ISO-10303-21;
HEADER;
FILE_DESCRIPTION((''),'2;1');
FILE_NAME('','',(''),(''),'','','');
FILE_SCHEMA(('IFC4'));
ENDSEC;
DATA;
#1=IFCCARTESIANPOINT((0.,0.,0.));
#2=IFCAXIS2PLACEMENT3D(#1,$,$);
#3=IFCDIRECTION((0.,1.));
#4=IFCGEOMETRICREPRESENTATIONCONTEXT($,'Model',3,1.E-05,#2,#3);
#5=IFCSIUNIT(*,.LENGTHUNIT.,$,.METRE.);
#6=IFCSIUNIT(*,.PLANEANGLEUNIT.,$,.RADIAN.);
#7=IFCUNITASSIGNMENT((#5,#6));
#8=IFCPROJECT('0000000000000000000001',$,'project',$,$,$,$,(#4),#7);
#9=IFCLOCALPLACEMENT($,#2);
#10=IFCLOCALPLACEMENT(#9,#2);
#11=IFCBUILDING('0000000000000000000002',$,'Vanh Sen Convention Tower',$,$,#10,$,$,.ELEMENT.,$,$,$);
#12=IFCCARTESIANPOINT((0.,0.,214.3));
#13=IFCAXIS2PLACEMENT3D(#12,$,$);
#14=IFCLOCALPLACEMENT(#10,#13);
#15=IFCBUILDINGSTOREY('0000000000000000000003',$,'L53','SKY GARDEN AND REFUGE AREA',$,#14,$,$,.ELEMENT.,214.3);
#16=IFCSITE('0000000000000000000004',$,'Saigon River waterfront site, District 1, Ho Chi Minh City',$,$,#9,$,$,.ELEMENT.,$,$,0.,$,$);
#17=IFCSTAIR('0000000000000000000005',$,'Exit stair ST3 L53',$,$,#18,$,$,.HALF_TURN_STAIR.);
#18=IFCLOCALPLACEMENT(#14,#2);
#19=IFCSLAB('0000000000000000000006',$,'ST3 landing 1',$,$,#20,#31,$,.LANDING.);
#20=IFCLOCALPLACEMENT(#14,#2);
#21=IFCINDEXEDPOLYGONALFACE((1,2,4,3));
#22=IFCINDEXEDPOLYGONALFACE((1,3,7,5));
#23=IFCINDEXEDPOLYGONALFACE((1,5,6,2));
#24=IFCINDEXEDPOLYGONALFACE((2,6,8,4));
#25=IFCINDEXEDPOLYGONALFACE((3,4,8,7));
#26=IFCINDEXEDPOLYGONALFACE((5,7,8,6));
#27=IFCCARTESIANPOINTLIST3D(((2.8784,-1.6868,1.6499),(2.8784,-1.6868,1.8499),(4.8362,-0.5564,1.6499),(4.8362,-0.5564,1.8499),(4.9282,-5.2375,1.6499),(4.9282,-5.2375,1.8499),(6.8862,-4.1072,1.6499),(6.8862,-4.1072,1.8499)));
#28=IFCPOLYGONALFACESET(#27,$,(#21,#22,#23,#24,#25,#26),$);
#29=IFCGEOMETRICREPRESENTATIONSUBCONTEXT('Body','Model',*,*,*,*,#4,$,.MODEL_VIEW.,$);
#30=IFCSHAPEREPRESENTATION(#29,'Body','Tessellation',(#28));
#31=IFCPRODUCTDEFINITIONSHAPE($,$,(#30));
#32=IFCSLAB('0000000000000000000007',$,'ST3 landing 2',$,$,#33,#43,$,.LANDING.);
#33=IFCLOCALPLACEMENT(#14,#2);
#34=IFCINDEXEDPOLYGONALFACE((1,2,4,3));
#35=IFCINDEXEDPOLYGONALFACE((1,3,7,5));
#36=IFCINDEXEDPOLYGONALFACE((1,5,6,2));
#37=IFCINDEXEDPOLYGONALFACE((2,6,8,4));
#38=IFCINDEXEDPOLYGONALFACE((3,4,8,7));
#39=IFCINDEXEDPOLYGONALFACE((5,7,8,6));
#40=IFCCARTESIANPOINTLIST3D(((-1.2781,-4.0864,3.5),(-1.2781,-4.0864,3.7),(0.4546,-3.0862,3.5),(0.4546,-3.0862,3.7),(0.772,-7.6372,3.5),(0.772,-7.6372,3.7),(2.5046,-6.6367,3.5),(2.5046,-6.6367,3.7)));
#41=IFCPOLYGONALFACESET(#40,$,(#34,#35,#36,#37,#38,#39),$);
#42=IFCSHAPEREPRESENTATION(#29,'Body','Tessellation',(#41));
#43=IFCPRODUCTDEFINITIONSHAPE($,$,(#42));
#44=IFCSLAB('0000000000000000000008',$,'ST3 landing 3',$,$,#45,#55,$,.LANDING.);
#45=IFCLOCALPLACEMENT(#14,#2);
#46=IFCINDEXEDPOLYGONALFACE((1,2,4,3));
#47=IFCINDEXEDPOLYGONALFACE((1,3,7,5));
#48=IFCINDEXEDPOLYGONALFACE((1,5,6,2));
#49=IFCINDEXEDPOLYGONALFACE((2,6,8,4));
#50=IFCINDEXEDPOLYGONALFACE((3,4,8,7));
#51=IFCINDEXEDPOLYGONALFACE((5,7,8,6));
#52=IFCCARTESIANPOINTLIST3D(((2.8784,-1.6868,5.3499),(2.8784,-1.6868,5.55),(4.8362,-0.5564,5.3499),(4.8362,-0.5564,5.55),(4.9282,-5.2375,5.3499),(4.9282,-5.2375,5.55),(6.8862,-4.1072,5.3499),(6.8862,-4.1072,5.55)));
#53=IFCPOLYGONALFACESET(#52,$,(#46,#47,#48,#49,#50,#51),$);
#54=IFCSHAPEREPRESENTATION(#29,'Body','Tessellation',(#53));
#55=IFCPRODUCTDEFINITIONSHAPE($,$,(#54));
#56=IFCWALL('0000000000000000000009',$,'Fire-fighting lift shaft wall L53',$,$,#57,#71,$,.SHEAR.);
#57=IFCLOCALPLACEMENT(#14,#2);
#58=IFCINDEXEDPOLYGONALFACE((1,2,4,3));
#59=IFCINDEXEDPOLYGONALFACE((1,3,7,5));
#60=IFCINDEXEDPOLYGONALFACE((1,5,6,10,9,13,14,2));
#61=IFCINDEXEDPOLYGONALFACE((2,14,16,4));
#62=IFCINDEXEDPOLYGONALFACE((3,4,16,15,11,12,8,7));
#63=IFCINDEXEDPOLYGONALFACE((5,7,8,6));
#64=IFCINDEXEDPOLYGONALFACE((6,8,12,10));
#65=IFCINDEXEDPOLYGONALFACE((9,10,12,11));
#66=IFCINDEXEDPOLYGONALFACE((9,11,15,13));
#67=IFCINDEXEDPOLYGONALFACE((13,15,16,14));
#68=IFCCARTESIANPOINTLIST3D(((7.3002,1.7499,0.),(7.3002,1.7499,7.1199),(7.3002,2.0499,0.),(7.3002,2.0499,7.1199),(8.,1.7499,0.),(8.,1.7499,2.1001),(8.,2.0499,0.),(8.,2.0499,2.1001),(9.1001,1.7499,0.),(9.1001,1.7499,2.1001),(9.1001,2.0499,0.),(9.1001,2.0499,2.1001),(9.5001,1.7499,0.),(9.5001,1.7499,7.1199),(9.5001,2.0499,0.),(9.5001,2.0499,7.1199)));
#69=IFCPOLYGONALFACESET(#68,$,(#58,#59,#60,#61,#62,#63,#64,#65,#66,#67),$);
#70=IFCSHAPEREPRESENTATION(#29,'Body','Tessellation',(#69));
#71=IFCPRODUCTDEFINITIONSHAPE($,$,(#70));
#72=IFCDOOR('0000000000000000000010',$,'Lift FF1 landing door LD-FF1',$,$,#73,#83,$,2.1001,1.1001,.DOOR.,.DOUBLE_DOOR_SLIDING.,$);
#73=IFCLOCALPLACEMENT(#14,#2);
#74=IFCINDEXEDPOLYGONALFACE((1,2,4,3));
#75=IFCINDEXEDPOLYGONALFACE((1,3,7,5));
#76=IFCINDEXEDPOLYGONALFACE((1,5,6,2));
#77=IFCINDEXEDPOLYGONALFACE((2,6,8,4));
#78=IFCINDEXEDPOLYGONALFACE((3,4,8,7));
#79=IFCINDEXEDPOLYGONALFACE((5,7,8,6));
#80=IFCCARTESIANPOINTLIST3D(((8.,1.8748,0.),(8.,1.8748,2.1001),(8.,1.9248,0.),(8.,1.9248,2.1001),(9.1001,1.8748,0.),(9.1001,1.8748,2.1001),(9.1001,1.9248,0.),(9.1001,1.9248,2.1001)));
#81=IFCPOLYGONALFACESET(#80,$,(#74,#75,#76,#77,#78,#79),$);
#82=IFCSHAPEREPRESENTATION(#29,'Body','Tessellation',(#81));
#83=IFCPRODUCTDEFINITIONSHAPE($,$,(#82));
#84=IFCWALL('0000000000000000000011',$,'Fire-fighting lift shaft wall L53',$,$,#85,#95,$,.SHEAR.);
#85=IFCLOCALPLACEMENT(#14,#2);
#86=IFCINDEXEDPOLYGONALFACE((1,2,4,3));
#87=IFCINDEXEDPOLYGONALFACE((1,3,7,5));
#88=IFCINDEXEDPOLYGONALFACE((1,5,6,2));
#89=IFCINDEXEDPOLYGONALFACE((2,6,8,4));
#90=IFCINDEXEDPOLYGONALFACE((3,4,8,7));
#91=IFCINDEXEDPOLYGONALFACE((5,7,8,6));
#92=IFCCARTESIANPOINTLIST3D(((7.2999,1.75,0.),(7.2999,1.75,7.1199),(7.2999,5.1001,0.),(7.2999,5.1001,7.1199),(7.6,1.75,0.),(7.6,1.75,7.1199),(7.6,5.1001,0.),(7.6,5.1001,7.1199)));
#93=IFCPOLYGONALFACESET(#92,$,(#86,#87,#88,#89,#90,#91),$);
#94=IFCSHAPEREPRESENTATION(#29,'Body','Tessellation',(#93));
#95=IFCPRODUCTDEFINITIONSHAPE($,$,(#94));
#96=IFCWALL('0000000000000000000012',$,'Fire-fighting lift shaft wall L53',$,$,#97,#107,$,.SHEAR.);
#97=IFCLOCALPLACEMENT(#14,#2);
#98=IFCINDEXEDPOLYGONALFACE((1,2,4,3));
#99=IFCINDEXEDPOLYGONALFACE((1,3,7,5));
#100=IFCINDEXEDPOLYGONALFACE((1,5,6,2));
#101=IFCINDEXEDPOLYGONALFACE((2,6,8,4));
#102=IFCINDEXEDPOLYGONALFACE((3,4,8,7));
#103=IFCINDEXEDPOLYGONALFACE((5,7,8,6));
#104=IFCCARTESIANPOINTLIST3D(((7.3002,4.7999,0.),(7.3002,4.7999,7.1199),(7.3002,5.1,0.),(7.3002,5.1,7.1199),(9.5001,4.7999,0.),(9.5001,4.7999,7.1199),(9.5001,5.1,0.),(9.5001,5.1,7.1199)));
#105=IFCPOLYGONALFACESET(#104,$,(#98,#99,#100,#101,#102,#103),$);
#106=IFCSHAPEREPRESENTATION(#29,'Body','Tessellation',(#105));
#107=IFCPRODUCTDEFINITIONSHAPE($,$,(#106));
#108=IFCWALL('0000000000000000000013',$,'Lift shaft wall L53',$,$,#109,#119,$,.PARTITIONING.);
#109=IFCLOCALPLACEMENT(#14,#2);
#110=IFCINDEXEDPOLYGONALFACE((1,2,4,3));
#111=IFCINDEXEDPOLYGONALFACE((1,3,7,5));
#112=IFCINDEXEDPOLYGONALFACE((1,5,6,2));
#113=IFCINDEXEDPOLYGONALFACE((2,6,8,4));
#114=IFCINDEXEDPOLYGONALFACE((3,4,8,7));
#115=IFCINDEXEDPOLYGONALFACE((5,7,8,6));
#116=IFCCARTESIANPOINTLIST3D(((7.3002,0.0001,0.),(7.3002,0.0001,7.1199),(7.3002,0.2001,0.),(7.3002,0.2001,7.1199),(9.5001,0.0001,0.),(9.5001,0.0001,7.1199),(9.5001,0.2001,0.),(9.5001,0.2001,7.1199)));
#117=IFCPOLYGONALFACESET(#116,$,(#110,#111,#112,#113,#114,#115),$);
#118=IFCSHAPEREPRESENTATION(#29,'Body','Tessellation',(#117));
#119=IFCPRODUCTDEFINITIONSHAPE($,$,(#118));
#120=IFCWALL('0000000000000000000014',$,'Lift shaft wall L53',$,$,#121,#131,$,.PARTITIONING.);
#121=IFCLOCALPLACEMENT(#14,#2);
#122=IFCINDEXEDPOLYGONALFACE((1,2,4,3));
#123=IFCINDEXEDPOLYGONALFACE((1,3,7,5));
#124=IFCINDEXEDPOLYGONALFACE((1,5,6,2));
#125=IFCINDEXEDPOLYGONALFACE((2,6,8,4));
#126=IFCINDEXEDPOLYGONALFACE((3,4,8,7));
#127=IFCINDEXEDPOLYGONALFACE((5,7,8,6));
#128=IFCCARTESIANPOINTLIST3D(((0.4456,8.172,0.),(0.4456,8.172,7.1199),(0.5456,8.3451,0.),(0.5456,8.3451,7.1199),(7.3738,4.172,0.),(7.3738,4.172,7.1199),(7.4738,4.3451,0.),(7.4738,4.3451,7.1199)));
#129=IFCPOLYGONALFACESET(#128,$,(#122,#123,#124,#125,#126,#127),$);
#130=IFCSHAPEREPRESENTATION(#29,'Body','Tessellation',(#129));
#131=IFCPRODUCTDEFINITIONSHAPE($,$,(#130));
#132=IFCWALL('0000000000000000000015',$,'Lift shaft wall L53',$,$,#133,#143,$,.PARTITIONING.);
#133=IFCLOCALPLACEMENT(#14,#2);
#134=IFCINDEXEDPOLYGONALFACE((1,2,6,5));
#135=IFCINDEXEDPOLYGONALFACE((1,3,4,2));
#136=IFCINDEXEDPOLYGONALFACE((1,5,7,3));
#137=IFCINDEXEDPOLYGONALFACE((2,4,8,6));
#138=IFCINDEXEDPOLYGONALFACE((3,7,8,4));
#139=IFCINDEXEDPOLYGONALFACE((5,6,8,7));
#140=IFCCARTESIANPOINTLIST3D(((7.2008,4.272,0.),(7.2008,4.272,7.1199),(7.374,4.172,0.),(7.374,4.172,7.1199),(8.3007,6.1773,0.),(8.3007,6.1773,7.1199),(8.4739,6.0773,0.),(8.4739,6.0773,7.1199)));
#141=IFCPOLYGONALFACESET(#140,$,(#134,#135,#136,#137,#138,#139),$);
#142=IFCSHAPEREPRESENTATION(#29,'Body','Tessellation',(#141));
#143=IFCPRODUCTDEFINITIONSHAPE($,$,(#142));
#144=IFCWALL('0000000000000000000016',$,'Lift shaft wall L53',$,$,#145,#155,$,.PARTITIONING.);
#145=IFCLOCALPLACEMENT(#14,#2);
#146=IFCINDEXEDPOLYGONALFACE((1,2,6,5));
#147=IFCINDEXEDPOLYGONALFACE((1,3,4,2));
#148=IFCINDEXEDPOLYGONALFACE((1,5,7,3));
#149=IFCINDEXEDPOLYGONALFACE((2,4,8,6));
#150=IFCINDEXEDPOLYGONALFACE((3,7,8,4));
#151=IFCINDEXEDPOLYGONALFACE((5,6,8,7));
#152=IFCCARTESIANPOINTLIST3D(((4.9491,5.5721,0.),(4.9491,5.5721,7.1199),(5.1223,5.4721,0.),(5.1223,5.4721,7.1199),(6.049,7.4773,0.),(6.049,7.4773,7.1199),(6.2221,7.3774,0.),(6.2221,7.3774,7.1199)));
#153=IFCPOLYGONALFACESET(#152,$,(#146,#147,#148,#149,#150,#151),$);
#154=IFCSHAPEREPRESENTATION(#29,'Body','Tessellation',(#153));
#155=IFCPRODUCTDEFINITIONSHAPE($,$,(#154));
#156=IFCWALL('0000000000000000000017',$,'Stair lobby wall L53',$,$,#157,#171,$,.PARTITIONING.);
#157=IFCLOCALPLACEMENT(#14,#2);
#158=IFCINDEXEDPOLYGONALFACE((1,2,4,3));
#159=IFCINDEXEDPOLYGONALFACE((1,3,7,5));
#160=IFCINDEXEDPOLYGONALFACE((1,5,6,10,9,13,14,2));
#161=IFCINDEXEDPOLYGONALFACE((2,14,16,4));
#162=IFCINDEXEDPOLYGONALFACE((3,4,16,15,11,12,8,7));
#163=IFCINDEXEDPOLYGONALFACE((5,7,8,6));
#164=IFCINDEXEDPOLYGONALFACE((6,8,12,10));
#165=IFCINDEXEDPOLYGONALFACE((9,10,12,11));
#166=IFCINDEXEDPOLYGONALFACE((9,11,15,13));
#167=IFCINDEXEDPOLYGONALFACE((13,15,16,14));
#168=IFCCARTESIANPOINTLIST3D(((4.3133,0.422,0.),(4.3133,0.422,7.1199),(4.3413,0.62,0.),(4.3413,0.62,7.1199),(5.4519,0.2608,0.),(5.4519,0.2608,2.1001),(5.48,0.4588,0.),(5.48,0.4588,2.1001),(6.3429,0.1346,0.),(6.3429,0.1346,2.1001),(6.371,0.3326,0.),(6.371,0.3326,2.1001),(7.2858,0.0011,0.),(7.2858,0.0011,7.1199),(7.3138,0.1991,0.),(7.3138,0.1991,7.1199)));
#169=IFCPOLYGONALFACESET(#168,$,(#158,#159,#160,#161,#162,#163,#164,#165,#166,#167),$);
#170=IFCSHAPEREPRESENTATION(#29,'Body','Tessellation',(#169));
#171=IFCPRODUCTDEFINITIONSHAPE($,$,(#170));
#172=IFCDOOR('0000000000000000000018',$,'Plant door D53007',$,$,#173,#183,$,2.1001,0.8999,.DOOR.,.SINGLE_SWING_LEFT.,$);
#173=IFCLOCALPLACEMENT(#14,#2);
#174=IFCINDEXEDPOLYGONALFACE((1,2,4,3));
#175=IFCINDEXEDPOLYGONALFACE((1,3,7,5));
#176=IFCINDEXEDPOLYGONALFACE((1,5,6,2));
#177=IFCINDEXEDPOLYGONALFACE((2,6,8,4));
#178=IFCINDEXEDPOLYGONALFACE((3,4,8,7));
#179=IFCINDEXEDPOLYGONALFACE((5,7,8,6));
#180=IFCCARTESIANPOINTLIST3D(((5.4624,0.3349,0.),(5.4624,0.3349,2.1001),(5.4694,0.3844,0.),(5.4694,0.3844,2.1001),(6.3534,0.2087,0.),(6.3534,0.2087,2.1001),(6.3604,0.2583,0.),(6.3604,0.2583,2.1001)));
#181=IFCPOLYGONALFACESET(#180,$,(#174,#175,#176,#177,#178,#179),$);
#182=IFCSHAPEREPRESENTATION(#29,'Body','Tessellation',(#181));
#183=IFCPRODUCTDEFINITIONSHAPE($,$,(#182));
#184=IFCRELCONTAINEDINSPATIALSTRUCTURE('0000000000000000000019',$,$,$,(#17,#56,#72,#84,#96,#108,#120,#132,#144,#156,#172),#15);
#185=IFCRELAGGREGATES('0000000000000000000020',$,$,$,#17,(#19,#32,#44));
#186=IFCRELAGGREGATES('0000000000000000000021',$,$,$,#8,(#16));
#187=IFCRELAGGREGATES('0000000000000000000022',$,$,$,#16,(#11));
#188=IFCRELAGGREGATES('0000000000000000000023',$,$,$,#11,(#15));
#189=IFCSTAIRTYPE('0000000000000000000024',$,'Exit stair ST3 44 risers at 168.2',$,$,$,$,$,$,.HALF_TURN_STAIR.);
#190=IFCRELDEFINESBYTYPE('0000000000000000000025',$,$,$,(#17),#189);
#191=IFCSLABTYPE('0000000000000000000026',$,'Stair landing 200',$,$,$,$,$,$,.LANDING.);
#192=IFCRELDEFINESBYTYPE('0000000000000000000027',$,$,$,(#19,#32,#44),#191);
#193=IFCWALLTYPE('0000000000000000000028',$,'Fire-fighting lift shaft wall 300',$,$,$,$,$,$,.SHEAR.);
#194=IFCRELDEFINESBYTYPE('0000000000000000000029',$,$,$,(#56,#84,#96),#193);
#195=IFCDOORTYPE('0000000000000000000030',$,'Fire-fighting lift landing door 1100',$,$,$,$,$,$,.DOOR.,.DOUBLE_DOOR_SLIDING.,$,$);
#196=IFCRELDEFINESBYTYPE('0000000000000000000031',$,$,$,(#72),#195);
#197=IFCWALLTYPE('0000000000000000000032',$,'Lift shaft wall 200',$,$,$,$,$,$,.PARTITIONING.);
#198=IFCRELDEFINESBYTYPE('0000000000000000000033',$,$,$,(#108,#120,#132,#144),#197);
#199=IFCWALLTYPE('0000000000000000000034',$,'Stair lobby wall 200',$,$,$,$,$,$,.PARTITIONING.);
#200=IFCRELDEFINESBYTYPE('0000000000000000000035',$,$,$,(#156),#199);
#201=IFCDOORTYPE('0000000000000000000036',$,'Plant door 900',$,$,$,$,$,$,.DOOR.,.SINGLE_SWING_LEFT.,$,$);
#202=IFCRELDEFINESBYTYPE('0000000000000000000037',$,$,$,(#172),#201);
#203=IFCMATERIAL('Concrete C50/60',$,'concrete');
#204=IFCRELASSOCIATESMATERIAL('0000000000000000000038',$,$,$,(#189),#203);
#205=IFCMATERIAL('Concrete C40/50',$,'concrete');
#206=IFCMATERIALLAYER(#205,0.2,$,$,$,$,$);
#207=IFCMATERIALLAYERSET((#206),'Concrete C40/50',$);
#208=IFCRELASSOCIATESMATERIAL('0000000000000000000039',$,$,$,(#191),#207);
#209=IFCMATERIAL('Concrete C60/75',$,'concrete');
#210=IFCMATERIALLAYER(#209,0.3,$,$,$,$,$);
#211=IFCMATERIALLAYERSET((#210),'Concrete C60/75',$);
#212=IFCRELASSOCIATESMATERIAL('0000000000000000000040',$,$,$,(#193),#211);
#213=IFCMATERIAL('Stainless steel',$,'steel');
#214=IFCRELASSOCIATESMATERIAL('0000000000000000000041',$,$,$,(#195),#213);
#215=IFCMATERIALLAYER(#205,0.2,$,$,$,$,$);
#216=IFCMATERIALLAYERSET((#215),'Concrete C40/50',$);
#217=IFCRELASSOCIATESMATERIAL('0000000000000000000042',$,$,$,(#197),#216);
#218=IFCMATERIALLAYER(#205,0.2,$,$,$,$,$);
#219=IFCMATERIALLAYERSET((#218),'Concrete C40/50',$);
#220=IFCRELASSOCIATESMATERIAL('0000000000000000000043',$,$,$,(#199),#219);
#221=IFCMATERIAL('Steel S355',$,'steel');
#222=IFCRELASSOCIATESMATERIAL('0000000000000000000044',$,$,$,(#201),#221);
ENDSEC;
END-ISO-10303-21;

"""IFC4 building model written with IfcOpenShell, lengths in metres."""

from ifc_helpers import new_model, si_unit, direction, frame, frame_2d, origin, place, context, subcontext, project, spatial, polyline, rectangle, outline, extrude, material, layer, layer_set, type_object, element, fill, aggregate, save


model = new_model("IFC4")

# Units and contexts
model_context = context("Model", 3, precision=1e-05, world=origin(), true_north=direction((0.0, 1.0)))
body_context = subcontext(model_context, "Body", "Model", "MODEL_VIEW")
ifc_project = project(units=[si_unit("LENGTHUNIT", "METRE"), si_unit("PLANEANGLEUNIT", "RADIAN")], contexts=[model_context])

# Site, building, storey
site_placement = place(None, origin())
site = spatial("IfcSite", under=ifc_project, at=site_placement, Name="Saigon River waterfront site, District 1, Ho Chi Minh City", CompositionType="ELEMENT", RefElevation=0.0)
building_placement = place(site_placement, origin())
building = spatial("IfcBuilding", under=site, at=building_placement, Name="Vanh Sen Convention Tower", CompositionType="ELEMENT")
storey_placement = place(building_placement, frame((0.0, 0.0, 214.3)))
storey = spatial("IfcBuildingStorey", under=building, at=storey_placement, Name="L53", Description="SKY GARDEN AND REFUGE AREA", CompositionType="ELEMENT", Elevation=214.3)

# Stair, slabs
ifc_material_1 = material(Name="Concrete C50/60", Category="concrete")
stair_type = type_object("IfcStairType", Name="Exit stair ST3 44 risers at 168.2", PredefinedType="HALF_TURN_STAIR", material=ifc_material_1)
stair_placement = place(storey_placement, origin())
stair = element("IfcStair", 1, at=stair_placement, inside=storey, type_object=stair_type, Name="Exit stair ST3 L53", PredefinedType="HALF_TURN_STAIR")
ifc_material_2 = material(Name="Concrete C40/50", Category="concrete")
ifc_layer_1 = layer(ifc_material_2, 0.2)
ifc_layer_set_1 = layer_set([ifc_layer_1], Name="Concrete C40/50")
slab_type = type_object("IfcSlabType", Name="Stair landing 200", PredefinedType="LANDING", material=ifc_layer_set_1)
slab_1_placement = place(storey_placement, frame((0.0, 0.0, 1.6499)))
slab_1 = element("IfcSlab", 2, at=slab_1_placement, type_object=slab_type, Name="ST3 landing 1", PredefinedType="LANDING", context=body_context, shape_type="SweptSolid", body=[
    extrude(outline(polyline([(4.9282, -5.2375), (6.8862, -4.1072), (4.8362, -0.5564), (2.8784, -1.6868), (4.9282, -5.2375)])), origin(), (0.0, 0.0, 1.0), 0.2),
])
slab_2_placement = place(storey_placement, frame((0.0, 0.0, 3.5)))
slab_2 = element("IfcSlab", 3, at=slab_2_placement, type_object=slab_type, Name="ST3 landing 2", PredefinedType="LANDING", context=body_context, shape_type="SweptSolid", body=[
    extrude(outline(polyline([(0.772, -7.6372), (2.5046, -6.6367), (0.4546, -3.0862), (-1.2781, -4.0864), (0.772, -7.6372)])), origin(), (0.0, 0.0, 1.0), 0.2),
])
slab_3_placement = place(storey_placement, frame((0.0, 0.0, 5.3499)))
slab_3 = element("IfcSlab", 4, at=slab_3_placement, type_object=slab_type, Name="ST3 landing 3", PredefinedType="LANDING", context=body_context, shape_type="SweptSolid", body=[
    extrude(outline(polyline([(4.9282, -5.2375), (6.8862, -4.1072), (4.8362, -0.5564), (2.8784, -1.6868), (4.9282, -5.2375)])), origin(), (0.0, 0.0, 1.0), 0.2002),
])
aggregate(stair, [slab_1, slab_2, slab_3])

# Wall, opening, door
ifc_material_3 = material(Name="Concrete C60/75", Category="concrete")
ifc_layer_2 = layer(ifc_material_3, 0.3)
ifc_layer_set_2 = layer_set([ifc_layer_2], Name="Concrete C60/75")
wall_type_1 = type_object("IfcWallType", Name="Fire-fighting lift shaft wall 300", PredefinedType="SHEAR", material=ifc_layer_set_2)
wall_1_placement = place(storey_placement, frame((7.3, 1.8999, 0.0), z_axis=(0.0, 0.0, 1.0), x_axis=(1.0, 0.0, 0.0)))
wall_1 = element("IfcWall", 5, at=wall_1_placement, inside=storey, type_object=wall_type_1, Name="Fire-fighting lift shaft wall L53", PredefinedType="SHEAR", context=body_context, shape_type="SweptSolid", body=[
    extrude(rectangle(XDim=2.2, YDim=0.3, at=frame_2d((1.1001, 0.0))), origin(), (0.0, 0.0, 1.0), 7.1199),
])
opening_1_placement = place(wall_1_placement, frame((0.7, 0.0, 0.0)))
opening_1 = element("IfcOpeningElement", 6, at=opening_1_placement, cuts=wall_1, PredefinedType="OPENING", context=body_context, shape_type="SweptSolid", body=[
    extrude(rectangle(XDim=1.1001, YDim=2.1001, at=frame_2d((0.55, 1.05))), frame((0.0, 0.1599, 0.0), z_axis=(0.0, -1.0, 0.0), x_axis=(1.0, 0.0, 0.0)), (0.0, 0.0, 1.0), 0.3201),
])
ifc_material_4 = material(Name="Stainless steel", Category="steel")
door_type_1 = type_object("IfcDoorType", Name="Fire-fighting lift landing door 1100", OperationType="DOUBLE_DOOR_SLIDING", PredefinedType="DOOR", material=ifc_material_4)
door_1_placement = place(opening_1_placement, origin())
door_1 = element("IfcDoor", 7, at=door_1_placement, inside=storey, type_object=door_type_1, Name="Lift FF1 landing door LD-FF1", OperationType="DOUBLE_DOOR_SLIDING", OverallHeight=2.1001, OverallWidth=1.1001, PredefinedType="DOOR", context=body_context, shape_type="SweptSolid", body=[
    extrude(rectangle(XDim=1.1001, YDim=2.1001, at=frame_2d((0.55, 1.05))), frame((0.0, 0.0249, 0.0), z_axis=(0.0, -1.0, 0.0), x_axis=(1.0, 0.0, 0.0)), (0.0, 0.0, 1.0), 0.05),
])
fill(opening_1, door_1)

# Walls
wall_2_placement = place(storey_placement, frame((7.45, 1.75, 0.0), z_axis=(0.0, 0.0, 1.0), x_axis=(0.0, 1.0, 0.0)))
element("IfcWall", 8, at=wall_2_placement, inside=storey, type_object=wall_type_1, Name="Fire-fighting lift shaft wall L53", PredefinedType="SHEAR", context=body_context, shape_type="SweptSolid", body=[
    extrude(rectangle(XDim=3.3501, YDim=0.3, at=frame_2d((1.675, 0.0))), origin(), (0.0, 0.0, 1.0), 7.1199),
])
wall_3_placement = place(storey_placement, frame((7.3, 4.95, 0.0), z_axis=(0.0, 0.0, 1.0), x_axis=(1.0, 0.0, 0.0)))
element("IfcWall", 9, at=wall_3_placement, inside=storey, type_object=wall_type_1, Name="Fire-fighting lift shaft wall L53", PredefinedType="SHEAR", context=body_context, shape_type="SweptSolid", body=[
    extrude(rectangle(XDim=2.2, YDim=0.3, at=frame_2d((1.1001, 0.0))), origin(), (0.0, 0.0, 1.0), 7.1199),
])
ifc_layer_3 = layer(ifc_material_2, 0.2)
ifc_layer_set_3 = layer_set([ifc_layer_3], Name="Concrete C40/50")
wall_type_2 = type_object("IfcWallType", Name="Lift shaft wall 200", PredefinedType="PARTITIONING", material=ifc_layer_set_3)
wall_4_placement = place(storey_placement, frame((7.3, 0.1001, 0.0), z_axis=(0.0, 0.0, 1.0), x_axis=(1.0, 0.0, 0.0)))
element("IfcWall", 10, at=wall_4_placement, inside=storey, type_object=wall_type_2, Name="Lift shaft wall L53", PredefinedType="PARTITIONING", context=body_context, shape_type="SweptSolid", body=[
    extrude(rectangle(XDim=2.2, YDim=0.2, at=frame_2d((1.1001, 0.0))), origin(), (0.0, 0.0, 1.0), 7.1199),
])
wall_5_placement = place(storey_placement, frame((7.4238, 4.2585, 0.0), z_axis=(0.0, 0.0, 1.0), x_axis=(-0.866026, 0.499999, 0.0)))
element("IfcWall", 11, at=wall_5_placement, inside=storey, type_object=wall_type_2, Name="Lift shaft wall L53", PredefinedType="PARTITIONING", context=body_context, shape_type="SweptSolid", body=[
    extrude(rectangle(XDim=8.0, YDim=0.2, at=frame_2d((4.0, 0.0))), origin(), (0.0, 0.0, 1.0), 7.1199),
])
for number, where, z_axis, x_axis, name in (
    (12, (7.2874, 4.2219, 0.0), (0.0, 0.0, 1.0), (0.499947, 0.866056, 0.0), "Lift shaft wall L53"),
    (13, (5.0356, 5.522, 0.0), (0.0, 0.0, 1.0), (0.499947, 0.866056, 0.0), "Lift shaft wall L53"),
):
    element("IfcWall", number, at=place(storey_placement, frame(where, z_axis=z_axis, x_axis=x_axis)), inside=storey, type_object=wall_type_2, Name=name, PredefinedType="PARTITIONING", context=body_context, shape_type="SweptSolid", body=[
        extrude(rectangle(XDim=2.2, YDim=0.2, at=frame_2d((1.1001, 0.0))), origin(), (0.0, 0.0, 1.0), 7.1199),
    ])

# Wall, opening, door
ifc_layer_4 = layer(ifc_material_2, 0.2)
ifc_layer_set_4 = layer_set([ifc_layer_4], Name="Concrete C40/50")
wall_type_3 = type_object("IfcWallType", Name="Stair lobby wall 200", PredefinedType="PARTITIONING", material=ifc_layer_set_4)
wall_6_placement = place(storey_placement, frame((4.3274, 0.521, 0.0), z_axis=(0.0, 0.0, 1.0), x_axis=(0.990124, -0.140192, 0.0)))
wall_6 = element("IfcWall", 14, at=wall_6_placement, inside=storey, type_object=wall_type_3, Name="Stair lobby wall L53", PredefinedType="PARTITIONING", context=body_context, shape_type="SweptSolid", body=[
    extrude(rectangle(XDim=3.0022, YDim=0.2, at=frame_2d((1.501, 0.0))), origin(), (0.0, 0.0, 1.0), 7.1199),
])
opening_2_placement = place(wall_6_placement, frame((1.1499, 0.0, 0.0)))
opening_2 = element("IfcOpeningElement", 15, at=opening_2_placement, cuts=wall_6, PredefinedType="OPENING", context=body_context, shape_type="SweptSolid", body=[
    extrude(rectangle(XDim=0.8999, YDim=2.1001, at=frame_2d((0.45, 1.05))), frame((0.0, 0.1099, 0.0), z_axis=(0.0, -1.0, 0.0), x_axis=(1.0, 0.0, 0.0)), (0.0, 0.0, 1.0), 0.22),
])
ifc_material_5 = material(Name="Steel S355", Category="steel")
door_type_2 = type_object("IfcDoorType", Name="Plant door 900", OperationType="SINGLE_SWING_LEFT", PredefinedType="DOOR", material=ifc_material_5)
door_2_placement = place(opening_2_placement, origin())
door_2 = element("IfcDoor", 16, at=door_2_placement, inside=storey, type_object=door_type_2, Name="Plant door D53007", OperationType="SINGLE_SWING_LEFT", OverallHeight=2.1001, OverallWidth=0.8999, PredefinedType="DOOR", context=body_context, shape_type="SweptSolid", body=[
    extrude(rectangle(XDim=0.8999, YDim=2.1001, at=frame_2d((0.45, 1.05))), frame((0.0, 0.0249, 0.0), z_axis=(0.0, -1.0, 0.0), x_axis=(1.0, 0.0, 0.0)), (0.0, 0.0, 1.0), 0.05),
])
fill(opening_2, door_2)

save(model, "model.ifc")
